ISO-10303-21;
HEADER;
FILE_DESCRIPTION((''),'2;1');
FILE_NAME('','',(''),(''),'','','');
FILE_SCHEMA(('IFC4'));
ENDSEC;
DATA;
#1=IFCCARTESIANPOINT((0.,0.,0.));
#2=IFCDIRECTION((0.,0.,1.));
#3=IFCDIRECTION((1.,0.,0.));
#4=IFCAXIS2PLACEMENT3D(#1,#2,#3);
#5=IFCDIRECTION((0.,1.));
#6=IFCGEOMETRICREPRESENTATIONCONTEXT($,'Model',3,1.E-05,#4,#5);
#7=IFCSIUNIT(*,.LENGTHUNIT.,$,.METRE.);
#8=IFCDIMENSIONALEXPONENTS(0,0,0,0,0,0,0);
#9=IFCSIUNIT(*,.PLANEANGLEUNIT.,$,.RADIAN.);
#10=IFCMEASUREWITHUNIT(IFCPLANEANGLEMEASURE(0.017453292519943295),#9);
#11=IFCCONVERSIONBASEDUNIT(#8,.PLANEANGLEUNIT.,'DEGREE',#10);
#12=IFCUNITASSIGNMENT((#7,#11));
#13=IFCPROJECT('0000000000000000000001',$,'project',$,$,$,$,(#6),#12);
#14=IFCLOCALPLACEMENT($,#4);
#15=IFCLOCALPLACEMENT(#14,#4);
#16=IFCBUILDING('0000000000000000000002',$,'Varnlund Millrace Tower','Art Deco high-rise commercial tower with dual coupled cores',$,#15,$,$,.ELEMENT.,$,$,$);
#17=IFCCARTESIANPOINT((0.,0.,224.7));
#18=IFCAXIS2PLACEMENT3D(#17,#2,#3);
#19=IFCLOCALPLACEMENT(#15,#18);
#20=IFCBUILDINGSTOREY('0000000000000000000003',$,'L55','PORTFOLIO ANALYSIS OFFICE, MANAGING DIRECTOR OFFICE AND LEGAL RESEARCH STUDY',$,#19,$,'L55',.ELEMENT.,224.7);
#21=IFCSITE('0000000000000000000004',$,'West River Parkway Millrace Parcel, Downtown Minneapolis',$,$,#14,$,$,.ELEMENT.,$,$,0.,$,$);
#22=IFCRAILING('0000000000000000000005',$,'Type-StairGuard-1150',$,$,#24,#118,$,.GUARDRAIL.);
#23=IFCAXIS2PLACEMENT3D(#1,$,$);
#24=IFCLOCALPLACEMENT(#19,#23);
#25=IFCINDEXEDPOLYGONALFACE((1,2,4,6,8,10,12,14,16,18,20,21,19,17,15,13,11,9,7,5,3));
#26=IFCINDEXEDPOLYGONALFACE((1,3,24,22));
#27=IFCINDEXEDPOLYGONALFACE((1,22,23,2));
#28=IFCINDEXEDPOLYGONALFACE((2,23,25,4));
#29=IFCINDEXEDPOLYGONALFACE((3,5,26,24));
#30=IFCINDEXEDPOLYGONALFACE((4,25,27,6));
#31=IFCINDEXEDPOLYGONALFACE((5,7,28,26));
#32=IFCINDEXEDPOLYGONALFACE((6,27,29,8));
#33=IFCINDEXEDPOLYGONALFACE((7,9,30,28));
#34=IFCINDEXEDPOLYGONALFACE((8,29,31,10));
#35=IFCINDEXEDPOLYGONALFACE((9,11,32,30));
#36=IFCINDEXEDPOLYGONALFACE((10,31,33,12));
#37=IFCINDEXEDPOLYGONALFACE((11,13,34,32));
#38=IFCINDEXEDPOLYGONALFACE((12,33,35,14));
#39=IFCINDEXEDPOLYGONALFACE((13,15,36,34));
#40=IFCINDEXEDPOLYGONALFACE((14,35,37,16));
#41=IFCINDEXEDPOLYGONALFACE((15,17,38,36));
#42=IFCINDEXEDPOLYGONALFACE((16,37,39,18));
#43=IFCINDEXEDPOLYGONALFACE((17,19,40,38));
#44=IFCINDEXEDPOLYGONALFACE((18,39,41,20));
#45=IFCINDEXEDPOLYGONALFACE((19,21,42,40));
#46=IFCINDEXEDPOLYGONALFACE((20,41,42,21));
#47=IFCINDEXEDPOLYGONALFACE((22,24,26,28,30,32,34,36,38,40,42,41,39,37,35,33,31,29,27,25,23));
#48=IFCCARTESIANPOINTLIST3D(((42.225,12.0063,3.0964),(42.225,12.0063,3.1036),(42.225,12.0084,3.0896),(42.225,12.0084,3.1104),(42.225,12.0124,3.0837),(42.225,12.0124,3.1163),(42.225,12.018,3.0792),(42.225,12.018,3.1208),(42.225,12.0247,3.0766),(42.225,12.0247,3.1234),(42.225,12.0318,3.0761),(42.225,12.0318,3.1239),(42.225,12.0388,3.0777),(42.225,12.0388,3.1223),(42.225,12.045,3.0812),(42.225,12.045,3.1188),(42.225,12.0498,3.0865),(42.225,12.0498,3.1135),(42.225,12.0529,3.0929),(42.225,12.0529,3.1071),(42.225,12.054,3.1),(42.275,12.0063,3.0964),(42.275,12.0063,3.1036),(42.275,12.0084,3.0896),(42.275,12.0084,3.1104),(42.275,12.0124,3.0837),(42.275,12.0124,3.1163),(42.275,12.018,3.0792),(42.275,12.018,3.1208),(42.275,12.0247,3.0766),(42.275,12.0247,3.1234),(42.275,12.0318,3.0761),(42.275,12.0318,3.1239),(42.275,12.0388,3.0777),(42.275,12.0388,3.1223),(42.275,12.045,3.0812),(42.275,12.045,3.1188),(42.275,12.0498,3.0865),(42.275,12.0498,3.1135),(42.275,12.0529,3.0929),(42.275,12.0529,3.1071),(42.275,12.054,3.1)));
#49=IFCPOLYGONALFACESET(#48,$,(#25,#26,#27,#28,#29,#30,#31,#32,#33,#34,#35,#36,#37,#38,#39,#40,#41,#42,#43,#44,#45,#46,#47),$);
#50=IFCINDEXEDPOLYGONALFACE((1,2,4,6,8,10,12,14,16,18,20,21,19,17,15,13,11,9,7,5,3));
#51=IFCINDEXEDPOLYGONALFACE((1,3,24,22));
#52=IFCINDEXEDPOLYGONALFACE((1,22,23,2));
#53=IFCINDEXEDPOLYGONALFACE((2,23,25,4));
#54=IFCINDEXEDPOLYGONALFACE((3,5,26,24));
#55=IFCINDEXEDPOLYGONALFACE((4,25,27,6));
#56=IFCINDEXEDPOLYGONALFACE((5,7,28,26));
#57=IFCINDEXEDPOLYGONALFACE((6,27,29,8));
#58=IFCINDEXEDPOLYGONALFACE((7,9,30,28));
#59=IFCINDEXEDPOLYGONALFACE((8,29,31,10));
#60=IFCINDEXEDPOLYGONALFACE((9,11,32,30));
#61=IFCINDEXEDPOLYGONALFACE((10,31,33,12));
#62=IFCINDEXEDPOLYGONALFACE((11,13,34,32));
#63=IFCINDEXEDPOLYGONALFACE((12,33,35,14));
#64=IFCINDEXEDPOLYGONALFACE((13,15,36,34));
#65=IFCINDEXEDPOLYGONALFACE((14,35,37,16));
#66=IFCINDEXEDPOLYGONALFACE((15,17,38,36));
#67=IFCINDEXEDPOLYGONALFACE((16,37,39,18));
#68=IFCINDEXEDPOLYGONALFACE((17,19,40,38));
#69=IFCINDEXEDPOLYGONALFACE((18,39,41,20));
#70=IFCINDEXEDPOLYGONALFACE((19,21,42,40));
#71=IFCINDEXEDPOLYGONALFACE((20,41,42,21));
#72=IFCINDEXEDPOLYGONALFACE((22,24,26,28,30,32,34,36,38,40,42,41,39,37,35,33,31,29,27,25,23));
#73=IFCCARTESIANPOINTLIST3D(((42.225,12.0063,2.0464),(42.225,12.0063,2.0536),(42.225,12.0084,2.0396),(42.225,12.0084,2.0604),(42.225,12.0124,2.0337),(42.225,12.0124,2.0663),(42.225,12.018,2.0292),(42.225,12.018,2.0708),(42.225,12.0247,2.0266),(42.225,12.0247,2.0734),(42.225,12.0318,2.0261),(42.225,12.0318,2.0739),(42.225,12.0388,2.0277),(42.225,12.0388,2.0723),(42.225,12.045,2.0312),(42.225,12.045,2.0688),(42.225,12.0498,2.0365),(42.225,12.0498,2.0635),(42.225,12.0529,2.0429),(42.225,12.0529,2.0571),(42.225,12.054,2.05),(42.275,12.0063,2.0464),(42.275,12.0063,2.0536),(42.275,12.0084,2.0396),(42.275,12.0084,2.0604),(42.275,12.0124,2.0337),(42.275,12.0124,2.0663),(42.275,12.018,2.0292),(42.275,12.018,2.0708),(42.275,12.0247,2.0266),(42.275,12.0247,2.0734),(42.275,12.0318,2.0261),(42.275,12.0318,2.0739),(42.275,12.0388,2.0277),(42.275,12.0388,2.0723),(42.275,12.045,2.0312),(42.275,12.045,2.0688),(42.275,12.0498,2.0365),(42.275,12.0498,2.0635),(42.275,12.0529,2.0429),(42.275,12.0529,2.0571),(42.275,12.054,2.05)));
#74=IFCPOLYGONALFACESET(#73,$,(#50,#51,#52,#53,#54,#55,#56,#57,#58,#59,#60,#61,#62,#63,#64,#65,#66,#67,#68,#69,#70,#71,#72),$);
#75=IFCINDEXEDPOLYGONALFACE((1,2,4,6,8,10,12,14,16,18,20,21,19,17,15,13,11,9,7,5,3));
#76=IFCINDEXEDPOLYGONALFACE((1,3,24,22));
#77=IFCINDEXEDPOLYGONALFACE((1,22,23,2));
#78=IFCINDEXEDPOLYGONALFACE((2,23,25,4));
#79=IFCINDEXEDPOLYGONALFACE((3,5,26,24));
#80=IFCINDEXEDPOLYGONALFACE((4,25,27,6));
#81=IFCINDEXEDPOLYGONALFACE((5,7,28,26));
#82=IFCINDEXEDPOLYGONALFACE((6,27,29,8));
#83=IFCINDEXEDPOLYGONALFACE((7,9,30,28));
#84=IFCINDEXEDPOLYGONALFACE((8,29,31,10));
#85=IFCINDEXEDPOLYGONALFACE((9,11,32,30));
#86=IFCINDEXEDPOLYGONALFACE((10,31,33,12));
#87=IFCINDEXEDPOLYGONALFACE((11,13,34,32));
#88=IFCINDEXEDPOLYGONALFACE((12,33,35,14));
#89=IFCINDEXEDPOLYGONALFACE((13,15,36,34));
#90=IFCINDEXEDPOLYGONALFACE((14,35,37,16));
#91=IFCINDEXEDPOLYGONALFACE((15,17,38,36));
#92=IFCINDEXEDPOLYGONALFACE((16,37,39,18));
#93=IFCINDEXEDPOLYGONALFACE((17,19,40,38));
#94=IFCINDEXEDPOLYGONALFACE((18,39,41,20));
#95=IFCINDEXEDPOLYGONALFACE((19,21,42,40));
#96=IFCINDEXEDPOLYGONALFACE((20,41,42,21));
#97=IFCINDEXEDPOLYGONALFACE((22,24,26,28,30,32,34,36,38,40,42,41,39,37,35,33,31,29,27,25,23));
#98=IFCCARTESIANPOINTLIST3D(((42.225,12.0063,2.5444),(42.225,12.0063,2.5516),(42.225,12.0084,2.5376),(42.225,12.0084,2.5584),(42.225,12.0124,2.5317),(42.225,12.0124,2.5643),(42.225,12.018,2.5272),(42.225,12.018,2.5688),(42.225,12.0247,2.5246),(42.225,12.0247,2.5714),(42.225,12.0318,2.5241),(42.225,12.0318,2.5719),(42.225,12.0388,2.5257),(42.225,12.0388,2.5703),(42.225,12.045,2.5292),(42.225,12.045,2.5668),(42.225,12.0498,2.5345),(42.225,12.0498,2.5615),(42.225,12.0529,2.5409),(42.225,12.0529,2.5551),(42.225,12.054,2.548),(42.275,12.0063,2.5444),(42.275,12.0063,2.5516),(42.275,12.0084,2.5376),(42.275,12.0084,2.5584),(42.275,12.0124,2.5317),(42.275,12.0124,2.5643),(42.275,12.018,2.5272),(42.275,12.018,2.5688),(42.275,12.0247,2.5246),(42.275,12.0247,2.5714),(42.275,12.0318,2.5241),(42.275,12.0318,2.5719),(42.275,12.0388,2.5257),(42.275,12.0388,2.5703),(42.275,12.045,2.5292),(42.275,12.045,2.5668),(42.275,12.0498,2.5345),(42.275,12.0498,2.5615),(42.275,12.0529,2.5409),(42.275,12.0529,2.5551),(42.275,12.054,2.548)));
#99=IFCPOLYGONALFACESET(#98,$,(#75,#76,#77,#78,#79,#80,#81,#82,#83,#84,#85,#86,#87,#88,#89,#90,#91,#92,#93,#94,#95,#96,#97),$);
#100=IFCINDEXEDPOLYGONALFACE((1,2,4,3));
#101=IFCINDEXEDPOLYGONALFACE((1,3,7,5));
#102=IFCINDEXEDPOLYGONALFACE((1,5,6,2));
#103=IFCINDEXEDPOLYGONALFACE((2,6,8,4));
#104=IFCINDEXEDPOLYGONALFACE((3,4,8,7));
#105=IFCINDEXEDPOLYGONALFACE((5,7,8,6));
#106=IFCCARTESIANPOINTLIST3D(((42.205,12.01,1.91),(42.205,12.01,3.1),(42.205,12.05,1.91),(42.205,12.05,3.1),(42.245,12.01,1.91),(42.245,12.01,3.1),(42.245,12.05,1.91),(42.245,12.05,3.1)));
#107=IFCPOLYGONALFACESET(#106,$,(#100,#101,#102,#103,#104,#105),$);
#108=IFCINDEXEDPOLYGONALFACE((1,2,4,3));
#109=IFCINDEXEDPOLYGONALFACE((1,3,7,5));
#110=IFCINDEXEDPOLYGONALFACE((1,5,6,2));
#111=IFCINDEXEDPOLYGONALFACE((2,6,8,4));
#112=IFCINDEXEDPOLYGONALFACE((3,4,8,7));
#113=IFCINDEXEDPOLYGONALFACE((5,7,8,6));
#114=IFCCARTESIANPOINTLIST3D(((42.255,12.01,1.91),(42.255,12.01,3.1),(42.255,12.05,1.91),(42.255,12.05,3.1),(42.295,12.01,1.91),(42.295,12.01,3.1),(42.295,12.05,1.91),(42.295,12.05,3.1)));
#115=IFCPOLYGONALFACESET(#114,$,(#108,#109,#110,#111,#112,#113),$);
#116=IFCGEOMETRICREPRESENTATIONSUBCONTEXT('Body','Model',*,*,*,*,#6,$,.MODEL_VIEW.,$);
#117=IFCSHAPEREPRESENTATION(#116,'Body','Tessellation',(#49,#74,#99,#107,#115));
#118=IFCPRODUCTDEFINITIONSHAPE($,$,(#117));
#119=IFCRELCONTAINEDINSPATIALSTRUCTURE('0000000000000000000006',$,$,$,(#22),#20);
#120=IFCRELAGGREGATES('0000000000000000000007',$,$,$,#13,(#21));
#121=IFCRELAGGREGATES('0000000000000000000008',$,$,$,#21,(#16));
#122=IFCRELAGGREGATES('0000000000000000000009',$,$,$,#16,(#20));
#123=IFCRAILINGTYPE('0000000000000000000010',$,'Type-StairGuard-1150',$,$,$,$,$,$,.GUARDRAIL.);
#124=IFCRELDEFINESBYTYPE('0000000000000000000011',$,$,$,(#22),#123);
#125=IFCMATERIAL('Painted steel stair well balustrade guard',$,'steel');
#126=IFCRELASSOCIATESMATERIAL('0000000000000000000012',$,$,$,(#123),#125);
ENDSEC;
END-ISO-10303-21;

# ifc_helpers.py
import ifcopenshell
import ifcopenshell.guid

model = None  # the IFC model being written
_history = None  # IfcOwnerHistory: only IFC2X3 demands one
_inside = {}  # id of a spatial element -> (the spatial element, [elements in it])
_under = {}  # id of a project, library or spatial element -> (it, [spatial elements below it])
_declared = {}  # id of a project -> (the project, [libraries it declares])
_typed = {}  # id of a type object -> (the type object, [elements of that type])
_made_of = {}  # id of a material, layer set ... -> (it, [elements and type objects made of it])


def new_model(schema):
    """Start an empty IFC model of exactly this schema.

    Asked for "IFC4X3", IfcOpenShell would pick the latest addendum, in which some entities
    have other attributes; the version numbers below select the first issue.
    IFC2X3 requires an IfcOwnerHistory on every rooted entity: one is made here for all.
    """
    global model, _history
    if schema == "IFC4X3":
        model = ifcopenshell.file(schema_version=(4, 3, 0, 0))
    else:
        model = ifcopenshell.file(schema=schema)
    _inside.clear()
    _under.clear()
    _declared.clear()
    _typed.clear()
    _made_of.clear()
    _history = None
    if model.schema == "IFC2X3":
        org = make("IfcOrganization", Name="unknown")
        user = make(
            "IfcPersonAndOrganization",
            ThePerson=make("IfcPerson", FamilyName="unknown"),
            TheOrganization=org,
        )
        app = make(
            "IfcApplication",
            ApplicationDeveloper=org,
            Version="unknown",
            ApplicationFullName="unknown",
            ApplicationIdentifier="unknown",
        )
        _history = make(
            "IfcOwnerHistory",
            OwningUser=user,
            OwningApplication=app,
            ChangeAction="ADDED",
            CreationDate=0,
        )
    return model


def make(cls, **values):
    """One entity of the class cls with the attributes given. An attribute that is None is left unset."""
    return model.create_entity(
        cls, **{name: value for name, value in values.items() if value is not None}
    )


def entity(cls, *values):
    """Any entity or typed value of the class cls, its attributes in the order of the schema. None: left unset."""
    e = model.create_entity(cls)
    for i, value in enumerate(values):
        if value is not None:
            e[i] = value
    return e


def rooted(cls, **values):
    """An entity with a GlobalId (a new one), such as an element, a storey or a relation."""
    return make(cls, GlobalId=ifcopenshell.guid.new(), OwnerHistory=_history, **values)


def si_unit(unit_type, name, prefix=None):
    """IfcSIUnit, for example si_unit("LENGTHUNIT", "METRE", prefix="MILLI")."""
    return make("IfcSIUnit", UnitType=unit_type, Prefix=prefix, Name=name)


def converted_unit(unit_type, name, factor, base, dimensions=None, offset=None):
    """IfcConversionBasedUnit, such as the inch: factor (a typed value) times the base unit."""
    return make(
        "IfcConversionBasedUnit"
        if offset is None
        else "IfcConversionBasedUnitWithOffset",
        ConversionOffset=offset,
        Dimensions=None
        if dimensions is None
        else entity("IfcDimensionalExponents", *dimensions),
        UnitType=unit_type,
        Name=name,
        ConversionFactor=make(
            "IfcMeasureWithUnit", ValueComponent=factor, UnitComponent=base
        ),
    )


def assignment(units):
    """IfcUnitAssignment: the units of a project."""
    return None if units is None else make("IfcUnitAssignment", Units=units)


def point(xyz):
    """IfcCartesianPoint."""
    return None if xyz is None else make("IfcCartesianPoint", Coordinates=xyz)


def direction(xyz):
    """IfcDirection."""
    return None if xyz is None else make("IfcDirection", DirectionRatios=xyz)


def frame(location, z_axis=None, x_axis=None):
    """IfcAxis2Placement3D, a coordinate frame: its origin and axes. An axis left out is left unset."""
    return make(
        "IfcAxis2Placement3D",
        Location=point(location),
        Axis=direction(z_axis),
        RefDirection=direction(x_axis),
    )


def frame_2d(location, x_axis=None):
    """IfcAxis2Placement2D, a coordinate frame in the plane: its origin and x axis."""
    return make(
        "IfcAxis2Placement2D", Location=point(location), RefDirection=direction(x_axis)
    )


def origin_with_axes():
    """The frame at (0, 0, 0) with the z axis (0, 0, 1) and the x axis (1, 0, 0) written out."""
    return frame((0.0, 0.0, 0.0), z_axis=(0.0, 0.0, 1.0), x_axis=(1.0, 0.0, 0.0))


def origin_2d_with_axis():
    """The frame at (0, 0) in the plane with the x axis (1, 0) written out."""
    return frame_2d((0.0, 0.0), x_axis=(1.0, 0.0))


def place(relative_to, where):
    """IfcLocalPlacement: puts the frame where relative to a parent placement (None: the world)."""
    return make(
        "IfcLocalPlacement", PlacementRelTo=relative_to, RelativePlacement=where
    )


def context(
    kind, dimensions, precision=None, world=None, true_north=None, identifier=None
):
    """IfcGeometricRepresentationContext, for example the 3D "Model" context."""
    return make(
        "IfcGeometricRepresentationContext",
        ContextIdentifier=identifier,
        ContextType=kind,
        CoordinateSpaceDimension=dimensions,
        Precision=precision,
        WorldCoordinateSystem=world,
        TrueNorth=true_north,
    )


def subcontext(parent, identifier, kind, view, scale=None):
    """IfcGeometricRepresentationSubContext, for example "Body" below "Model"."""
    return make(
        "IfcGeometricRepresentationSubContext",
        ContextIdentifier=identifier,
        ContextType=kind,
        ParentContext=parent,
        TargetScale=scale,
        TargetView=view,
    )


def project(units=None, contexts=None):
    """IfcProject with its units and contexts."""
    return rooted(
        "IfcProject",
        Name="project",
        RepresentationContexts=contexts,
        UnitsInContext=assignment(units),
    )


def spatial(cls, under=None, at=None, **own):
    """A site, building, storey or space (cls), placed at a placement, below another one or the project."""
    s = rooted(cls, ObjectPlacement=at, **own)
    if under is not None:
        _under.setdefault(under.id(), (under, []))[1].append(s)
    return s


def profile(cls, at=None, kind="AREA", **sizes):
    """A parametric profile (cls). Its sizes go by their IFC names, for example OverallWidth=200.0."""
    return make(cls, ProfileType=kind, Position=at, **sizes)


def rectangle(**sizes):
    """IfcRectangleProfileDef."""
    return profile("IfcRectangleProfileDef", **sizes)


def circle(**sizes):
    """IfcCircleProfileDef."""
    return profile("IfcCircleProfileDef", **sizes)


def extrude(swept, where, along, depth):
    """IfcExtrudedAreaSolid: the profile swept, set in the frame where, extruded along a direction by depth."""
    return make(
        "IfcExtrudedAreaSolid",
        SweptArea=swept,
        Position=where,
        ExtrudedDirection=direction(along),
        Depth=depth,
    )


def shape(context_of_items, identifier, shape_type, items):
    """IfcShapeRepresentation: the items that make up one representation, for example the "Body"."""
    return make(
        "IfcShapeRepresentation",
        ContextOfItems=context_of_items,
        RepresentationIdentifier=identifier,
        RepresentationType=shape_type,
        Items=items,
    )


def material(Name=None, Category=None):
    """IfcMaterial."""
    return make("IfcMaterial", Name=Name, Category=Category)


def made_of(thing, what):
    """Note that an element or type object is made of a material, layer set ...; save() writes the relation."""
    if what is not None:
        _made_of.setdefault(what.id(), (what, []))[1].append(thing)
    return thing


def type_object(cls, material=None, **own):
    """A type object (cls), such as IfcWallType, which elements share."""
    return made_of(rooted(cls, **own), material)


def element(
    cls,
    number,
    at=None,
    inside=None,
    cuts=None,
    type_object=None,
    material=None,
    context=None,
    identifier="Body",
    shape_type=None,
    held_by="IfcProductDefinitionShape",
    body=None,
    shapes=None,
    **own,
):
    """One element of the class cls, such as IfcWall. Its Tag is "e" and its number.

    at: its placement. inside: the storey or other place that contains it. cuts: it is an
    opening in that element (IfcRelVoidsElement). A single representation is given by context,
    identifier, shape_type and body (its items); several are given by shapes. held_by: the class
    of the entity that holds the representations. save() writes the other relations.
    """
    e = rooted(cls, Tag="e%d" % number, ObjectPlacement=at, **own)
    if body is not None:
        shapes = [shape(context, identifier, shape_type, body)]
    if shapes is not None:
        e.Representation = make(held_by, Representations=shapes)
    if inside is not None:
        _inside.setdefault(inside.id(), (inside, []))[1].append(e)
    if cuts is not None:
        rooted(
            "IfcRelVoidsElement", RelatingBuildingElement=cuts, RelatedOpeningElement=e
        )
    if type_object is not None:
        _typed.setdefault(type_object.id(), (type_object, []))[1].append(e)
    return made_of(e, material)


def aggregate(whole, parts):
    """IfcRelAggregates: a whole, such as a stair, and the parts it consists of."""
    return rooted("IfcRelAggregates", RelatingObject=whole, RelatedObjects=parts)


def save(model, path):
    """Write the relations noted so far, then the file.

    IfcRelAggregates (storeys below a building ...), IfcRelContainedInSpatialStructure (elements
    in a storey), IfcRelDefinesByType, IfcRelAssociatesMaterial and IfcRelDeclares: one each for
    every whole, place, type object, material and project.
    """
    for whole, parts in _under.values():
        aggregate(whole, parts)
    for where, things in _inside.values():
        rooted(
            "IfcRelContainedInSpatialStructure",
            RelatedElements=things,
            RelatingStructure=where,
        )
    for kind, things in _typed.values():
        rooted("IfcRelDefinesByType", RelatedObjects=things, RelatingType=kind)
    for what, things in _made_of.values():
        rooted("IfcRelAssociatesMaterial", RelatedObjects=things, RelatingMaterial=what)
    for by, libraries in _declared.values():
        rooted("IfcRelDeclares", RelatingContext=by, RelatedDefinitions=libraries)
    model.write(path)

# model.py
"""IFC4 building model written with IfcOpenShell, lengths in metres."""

from ifc_helpers import new_model, entity, si_unit, converted_unit, direction, frame, origin_with_axes, origin_2d_with_axis, place, context, subcontext, project, spatial, rectangle, circle, extrude, material, type_object, element, save


model = new_model("IFC4")

# Units and contexts
model_context = context("Model", 3, precision=1e-05, world=origin_with_axes(), true_north=direction((0.0, 1.0)))
body_context = subcontext(model_context, "Body", "Model", "MODEL_VIEW")
ifc_project = project(units=[si_unit("LENGTHUNIT", "METRE"), converted_unit("PLANEANGLEUNIT", "DEGREE", entity("IfcPlaneAngleMeasure", 0.017453292519943295), si_unit("PLANEANGLEUNIT", "RADIAN"), dimensions=[0, 0, 0, 0, 0, 0, 0])], contexts=[model_context])

# Site, building, storey
site_placement = place(None, origin_with_axes())
site = spatial("IfcSite", under=ifc_project, at=site_placement, Name="West River Parkway Millrace Parcel, Downtown Minneapolis", CompositionType="ELEMENT", RefElevation=0.0)
building_placement = place(site_placement, origin_with_axes())
building = spatial("IfcBuilding", under=site, at=building_placement, Name="Varnlund Millrace Tower", Description="Art Deco high-rise commercial tower with dual coupled cores", CompositionType="ELEMENT")
storey_placement = place(building_placement, frame((0.0, 0.0, 224.7), z_axis=(0.0, 0.0, 1.0), x_axis=(1.0, 0.0, 0.0)))
storey = spatial("IfcBuildingStorey", under=building, at=storey_placement, Name="L55", Description="PORTFOLIO ANALYSIS OFFICE, MANAGING DIRECTOR OFFICE AND LEGAL RESEARCH STUDY", LongName="L55", CompositionType="ELEMENT", Elevation=224.7)

# Railing
ifc_material_1 = material(Name="Painted steel stair well balustrade guard", Category="steel")
railing_type_1 = type_object("IfcRailingType", Name="Type-StairGuard-1150", PredefinedType="GUARDRAIL", material=ifc_material_1)
railing_1_placement = place(storey_placement, frame((0.0, 0.0, -224.7), z_axis=(0.0, 0.0, 1.0), x_axis=(1.0, 0.0, 0.0)))
element("IfcRailing", 1, at=railing_1_placement, inside=storey, type_object=railing_type_1, Name="Type-StairGuard-1150", PredefinedType="GUARDRAIL", context=body_context, shape_type="SweptSolid", body=[
    extrude(circle(Radius=0.024, at=origin_2d_with_axis()), frame((42.225, 12.03, 227.8), z_axis=(1.0, 0.0, 0.0), x_axis=(0.0, 1.0, 0.0)), (0.0, 0.0, 1.0), 0.05),
    extrude(circle(Radius=0.024, at=origin_2d_with_axis()), frame((42.225, 12.03, 226.75), z_axis=(1.0, 0.0, 0.0), x_axis=(0.0, 1.0, 0.0)), (0.0, 0.0, 1.0), 0.05),
    extrude(circle(Radius=0.024, at=origin_2d_with_axis()), frame((42.225, 12.03, 227.248), z_axis=(1.0, 0.0, 0.0), x_axis=(0.0, 1.0, 0.0)), (0.0, 0.0, 1.0), 0.05),
    extrude(rectangle(XDim=0.04, YDim=0.04, at=origin_2d_with_axis()), frame((42.225, 12.03, 226.61), z_axis=(0.0, 0.0, 1.0), x_axis=(1.0, 0.0, 0.0)), (0.0, 0.0, 1.0), 1.19),
    extrude(rectangle(XDim=0.04, YDim=0.04, at=origin_2d_with_axis()), frame((42.275, 12.03, 226.61), z_axis=(0.0, 0.0, 1.0), x_axis=(1.0, 0.0, 0.0)), (0.0, 0.0, 1.0), 1.19),
])

save(model, "model.ifc")
